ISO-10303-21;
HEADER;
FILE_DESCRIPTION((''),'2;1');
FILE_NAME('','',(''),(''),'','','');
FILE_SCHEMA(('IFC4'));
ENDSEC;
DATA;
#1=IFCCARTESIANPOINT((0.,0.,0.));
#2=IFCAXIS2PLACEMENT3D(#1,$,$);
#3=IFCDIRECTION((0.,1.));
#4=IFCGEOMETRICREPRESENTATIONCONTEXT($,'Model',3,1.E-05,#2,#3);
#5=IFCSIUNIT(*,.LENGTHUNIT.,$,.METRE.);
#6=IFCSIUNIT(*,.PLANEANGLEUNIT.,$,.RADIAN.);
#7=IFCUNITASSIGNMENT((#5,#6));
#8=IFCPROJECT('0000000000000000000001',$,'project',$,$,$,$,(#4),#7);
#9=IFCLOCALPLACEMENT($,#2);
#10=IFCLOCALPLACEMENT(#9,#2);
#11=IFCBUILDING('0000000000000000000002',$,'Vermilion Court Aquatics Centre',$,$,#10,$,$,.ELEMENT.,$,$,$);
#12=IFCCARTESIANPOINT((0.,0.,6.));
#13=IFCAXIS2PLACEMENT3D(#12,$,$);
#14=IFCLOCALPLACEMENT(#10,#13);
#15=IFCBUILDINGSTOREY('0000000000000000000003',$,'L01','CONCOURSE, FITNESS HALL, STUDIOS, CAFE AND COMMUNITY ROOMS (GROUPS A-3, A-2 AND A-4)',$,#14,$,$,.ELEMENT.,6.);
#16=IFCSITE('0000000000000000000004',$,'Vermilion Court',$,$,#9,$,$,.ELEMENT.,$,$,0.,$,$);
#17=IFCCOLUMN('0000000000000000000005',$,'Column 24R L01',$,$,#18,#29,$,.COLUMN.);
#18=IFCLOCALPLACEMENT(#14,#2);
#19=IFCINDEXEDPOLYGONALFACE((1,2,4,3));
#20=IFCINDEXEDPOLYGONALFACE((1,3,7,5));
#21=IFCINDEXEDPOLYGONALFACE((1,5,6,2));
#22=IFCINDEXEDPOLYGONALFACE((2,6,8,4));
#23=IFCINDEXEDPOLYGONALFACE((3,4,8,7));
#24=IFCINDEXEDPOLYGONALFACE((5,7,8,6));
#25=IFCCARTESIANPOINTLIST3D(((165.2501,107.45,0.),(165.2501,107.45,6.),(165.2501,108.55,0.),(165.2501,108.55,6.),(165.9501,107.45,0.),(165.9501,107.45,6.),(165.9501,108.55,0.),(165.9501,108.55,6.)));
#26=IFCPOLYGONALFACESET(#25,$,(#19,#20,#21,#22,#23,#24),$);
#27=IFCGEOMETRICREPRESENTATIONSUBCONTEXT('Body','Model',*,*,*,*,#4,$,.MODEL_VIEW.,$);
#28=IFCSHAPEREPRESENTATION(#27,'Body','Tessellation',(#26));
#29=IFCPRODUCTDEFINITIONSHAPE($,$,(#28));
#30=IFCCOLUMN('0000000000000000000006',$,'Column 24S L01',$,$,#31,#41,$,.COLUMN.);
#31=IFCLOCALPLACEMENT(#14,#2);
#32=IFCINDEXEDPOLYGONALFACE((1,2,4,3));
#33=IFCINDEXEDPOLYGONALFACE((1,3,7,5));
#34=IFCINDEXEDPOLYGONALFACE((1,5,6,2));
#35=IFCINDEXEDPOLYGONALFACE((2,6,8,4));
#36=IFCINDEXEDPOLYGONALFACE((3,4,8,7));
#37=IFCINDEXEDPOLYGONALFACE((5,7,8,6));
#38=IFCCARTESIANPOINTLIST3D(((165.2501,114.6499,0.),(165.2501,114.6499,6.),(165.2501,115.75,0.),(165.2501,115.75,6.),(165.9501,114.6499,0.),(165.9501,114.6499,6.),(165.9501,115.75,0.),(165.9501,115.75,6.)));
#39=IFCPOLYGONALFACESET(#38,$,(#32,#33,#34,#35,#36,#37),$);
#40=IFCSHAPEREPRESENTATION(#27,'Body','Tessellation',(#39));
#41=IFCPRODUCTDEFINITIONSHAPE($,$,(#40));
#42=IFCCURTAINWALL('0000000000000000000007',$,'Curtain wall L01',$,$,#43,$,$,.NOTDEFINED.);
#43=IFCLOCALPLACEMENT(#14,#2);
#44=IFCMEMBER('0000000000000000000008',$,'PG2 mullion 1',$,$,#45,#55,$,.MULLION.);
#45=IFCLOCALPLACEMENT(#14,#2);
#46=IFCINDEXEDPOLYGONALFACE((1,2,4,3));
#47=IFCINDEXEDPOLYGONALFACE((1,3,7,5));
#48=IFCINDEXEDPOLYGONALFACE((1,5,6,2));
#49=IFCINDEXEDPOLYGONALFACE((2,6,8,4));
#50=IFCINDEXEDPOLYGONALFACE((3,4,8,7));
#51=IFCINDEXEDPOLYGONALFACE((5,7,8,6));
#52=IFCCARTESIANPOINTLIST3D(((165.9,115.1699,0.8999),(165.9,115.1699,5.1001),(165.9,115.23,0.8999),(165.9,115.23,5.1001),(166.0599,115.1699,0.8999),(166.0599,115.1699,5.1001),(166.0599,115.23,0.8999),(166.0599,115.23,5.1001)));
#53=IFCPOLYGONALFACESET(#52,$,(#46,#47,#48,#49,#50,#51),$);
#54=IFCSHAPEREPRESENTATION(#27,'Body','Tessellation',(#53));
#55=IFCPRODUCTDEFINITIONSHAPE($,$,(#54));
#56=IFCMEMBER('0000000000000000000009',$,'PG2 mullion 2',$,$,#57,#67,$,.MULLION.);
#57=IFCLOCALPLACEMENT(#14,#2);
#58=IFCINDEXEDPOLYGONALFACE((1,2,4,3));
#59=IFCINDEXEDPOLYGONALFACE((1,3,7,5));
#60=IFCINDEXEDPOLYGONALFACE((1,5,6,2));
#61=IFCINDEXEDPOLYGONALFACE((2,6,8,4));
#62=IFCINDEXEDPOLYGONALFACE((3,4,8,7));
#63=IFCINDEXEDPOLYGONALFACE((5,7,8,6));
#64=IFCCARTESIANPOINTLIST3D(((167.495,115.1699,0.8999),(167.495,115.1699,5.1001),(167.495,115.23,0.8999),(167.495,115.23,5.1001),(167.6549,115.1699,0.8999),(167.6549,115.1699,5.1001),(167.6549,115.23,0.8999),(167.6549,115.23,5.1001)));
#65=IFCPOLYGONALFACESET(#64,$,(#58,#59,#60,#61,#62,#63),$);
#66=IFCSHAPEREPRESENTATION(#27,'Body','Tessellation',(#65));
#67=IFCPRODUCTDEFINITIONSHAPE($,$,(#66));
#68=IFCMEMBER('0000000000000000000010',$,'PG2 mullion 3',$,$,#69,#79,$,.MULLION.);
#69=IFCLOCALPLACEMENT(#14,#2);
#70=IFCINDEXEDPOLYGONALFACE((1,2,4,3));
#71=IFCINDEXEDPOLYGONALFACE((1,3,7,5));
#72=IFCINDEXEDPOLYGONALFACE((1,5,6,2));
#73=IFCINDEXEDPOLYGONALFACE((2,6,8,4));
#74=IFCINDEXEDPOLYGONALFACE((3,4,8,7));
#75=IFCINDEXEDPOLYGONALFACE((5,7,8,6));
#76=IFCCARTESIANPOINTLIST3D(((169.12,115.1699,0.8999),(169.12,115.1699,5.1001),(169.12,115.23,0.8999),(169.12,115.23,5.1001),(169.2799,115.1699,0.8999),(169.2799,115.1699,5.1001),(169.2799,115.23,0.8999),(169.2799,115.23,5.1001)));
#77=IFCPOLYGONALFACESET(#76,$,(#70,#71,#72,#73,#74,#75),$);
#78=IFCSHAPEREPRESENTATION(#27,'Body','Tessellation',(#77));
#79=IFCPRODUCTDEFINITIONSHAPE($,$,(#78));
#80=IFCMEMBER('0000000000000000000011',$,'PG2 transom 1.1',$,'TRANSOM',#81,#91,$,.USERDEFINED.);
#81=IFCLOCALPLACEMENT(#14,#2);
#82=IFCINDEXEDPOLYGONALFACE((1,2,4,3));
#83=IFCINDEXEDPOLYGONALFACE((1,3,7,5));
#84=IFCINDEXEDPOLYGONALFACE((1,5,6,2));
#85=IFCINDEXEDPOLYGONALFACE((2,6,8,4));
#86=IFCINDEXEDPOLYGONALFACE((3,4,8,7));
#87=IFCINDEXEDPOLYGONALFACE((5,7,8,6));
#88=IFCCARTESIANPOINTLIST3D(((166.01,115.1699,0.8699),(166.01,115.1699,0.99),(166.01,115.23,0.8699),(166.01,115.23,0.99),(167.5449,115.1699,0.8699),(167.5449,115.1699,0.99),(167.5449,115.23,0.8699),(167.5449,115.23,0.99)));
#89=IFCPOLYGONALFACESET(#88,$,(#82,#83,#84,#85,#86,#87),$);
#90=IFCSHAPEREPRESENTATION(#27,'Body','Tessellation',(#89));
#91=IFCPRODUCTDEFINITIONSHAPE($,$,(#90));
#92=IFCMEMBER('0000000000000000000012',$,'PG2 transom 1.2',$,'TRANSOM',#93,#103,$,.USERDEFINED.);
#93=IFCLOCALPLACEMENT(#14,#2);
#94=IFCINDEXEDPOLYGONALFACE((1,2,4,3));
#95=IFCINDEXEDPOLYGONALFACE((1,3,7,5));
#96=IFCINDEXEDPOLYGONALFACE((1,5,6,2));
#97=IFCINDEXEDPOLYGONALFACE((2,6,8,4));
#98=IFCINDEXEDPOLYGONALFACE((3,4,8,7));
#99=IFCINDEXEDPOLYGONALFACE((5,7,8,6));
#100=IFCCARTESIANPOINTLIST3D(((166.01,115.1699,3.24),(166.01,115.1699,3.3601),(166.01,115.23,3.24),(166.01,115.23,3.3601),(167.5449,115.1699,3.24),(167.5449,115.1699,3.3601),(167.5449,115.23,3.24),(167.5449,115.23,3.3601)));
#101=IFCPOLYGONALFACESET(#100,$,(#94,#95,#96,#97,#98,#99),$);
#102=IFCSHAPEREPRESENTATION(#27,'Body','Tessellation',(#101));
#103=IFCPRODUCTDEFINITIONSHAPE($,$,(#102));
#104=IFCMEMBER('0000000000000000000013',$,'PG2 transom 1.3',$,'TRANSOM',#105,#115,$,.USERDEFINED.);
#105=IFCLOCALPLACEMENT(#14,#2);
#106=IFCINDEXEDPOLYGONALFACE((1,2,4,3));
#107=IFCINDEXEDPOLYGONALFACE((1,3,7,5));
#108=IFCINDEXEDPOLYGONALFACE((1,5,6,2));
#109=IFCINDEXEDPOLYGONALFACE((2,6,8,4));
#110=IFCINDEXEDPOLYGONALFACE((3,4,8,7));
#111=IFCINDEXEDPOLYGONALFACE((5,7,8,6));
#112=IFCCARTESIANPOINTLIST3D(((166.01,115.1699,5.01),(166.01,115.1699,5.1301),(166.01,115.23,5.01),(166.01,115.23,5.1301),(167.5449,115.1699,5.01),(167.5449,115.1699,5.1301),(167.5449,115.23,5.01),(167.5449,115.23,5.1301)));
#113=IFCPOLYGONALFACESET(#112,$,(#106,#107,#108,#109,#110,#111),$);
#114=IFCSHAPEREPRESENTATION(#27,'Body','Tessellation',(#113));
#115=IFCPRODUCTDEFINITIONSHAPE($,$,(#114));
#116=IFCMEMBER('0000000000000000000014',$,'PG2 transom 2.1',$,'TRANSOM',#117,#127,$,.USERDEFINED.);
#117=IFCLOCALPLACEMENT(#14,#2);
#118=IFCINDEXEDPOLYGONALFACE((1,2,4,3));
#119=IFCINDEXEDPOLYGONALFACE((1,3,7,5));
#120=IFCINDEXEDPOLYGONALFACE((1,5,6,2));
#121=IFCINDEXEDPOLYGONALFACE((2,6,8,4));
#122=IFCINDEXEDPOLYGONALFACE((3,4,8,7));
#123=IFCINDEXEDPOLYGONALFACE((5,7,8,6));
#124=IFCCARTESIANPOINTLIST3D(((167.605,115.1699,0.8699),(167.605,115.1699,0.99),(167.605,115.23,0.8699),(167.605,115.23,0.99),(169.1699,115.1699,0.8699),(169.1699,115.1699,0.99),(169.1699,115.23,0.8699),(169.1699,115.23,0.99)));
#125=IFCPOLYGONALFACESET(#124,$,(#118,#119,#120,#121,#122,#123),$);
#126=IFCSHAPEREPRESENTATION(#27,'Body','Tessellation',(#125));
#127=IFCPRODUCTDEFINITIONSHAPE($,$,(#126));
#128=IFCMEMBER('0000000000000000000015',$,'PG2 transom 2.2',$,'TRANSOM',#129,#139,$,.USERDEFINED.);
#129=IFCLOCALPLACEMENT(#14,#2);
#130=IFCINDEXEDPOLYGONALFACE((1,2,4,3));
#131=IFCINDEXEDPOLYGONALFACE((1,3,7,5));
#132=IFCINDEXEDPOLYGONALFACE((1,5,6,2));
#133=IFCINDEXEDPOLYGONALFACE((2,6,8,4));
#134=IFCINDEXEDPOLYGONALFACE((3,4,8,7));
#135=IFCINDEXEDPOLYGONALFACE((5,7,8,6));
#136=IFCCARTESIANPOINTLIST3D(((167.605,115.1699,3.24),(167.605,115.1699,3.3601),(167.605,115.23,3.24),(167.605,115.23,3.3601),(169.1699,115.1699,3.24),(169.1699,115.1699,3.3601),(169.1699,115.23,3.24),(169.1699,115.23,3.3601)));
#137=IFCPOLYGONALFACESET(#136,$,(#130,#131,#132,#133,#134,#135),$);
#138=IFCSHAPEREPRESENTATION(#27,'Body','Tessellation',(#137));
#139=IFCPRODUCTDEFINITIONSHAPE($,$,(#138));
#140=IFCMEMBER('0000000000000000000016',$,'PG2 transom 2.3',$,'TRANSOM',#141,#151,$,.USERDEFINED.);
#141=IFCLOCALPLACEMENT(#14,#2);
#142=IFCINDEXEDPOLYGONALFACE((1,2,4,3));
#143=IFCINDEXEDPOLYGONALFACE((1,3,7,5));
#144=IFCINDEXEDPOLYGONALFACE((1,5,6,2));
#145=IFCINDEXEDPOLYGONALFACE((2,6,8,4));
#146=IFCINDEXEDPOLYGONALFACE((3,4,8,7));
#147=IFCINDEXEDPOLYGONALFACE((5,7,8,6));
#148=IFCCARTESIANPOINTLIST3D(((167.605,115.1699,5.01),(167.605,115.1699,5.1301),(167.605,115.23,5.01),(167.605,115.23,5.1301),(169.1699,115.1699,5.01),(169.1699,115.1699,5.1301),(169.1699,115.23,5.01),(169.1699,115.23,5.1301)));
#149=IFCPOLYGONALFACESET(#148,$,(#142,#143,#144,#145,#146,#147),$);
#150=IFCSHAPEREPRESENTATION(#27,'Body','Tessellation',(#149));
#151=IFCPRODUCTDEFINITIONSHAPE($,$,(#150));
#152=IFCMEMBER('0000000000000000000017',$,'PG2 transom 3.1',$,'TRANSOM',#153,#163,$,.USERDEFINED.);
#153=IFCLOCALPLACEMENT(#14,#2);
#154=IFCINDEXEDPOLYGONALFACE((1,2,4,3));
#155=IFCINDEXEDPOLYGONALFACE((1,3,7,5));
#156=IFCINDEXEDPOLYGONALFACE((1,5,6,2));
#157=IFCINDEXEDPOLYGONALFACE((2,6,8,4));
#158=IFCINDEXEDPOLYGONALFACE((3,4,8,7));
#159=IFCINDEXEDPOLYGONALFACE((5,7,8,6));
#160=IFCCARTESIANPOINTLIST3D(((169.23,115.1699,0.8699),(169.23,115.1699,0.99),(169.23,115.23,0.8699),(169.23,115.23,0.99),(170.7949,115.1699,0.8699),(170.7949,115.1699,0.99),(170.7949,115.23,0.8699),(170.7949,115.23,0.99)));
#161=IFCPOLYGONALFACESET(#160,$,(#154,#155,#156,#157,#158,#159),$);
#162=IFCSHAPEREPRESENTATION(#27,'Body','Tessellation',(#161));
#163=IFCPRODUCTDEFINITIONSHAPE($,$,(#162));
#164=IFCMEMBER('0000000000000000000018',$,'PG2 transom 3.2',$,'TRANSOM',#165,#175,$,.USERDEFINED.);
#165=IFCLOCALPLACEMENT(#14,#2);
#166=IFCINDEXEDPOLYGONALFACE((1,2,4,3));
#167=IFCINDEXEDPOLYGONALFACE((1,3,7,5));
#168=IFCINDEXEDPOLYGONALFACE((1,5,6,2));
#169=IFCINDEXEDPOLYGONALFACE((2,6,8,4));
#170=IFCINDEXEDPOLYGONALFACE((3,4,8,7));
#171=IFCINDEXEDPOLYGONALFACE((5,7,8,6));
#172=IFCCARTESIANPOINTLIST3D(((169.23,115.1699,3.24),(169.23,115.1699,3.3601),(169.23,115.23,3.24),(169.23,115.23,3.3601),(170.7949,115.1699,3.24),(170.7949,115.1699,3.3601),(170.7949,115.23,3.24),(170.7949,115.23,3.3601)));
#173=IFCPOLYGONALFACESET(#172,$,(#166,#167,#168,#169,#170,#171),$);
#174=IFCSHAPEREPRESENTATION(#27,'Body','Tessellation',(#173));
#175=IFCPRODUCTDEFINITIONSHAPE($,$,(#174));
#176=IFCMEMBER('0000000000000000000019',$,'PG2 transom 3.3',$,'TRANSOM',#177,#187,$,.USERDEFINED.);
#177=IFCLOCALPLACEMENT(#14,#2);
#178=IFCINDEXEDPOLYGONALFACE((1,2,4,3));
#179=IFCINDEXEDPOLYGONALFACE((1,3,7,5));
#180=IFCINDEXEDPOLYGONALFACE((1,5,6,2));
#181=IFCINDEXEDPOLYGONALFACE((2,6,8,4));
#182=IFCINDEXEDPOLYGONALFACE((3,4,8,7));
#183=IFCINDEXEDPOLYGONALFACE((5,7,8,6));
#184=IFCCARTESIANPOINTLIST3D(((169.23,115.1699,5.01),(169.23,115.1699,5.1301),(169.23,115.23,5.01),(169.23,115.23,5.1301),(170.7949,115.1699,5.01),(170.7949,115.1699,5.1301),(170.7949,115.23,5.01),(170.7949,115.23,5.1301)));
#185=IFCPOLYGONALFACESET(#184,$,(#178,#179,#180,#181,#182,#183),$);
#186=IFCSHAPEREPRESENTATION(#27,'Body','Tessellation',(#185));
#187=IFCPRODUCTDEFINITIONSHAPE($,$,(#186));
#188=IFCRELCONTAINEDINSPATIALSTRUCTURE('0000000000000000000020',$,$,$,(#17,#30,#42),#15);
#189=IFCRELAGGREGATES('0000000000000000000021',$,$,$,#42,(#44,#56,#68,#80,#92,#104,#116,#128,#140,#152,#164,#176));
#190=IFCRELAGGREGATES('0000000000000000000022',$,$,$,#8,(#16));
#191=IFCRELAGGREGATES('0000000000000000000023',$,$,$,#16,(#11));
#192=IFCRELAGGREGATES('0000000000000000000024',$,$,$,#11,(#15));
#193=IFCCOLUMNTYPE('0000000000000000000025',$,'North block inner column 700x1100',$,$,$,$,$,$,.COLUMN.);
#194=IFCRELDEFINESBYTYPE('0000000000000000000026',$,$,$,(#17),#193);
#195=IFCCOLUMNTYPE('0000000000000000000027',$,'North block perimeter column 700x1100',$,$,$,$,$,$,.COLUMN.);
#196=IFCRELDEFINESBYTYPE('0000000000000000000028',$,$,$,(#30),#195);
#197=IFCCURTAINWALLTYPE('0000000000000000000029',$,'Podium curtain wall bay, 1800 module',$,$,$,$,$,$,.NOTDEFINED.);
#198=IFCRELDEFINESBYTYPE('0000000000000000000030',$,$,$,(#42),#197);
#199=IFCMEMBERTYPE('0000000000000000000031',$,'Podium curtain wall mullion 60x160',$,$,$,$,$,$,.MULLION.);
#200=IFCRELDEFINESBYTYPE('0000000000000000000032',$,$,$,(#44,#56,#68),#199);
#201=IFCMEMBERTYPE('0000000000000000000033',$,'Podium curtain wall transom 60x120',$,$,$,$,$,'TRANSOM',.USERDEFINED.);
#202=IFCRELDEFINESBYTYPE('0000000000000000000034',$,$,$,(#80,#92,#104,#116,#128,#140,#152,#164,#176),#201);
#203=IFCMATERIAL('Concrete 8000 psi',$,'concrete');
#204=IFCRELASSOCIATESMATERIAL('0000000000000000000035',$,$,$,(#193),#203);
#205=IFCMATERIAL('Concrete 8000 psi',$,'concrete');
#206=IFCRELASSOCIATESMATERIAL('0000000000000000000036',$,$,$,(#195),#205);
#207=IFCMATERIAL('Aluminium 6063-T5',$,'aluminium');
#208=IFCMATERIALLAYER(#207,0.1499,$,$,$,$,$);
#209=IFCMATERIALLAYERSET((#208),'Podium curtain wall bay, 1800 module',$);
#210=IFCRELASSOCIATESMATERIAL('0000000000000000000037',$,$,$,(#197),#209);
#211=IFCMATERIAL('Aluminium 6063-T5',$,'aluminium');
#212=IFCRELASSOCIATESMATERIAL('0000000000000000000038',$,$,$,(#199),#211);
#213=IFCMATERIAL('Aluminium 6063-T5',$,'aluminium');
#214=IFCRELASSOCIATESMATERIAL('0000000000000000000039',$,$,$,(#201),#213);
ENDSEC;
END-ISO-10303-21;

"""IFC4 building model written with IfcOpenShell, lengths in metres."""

from ifc_helpers import new_model, si_unit, direction, frame, origin, origin_2d, place, context, subcontext, project, spatial, rectangle, extrude, material, layer, layer_set, material_profile, profile_set, type_object, element, aggregate, save


model = new_model("IFC4")

# Units and contexts
model_context = context("Model", 3, precision=1e-05, world=origin(), true_north=direction((0.0, 1.0)))
body_context = subcontext(model_context, "Body", "Model", "MODEL_VIEW")
ifc_project = project(units=[si_unit("LENGTHUNIT", "METRE"), si_unit("PLANEANGLEUNIT", "RADIAN")], contexts=[model_context])

# Site, building, storey
site_placement = place(None, origin())
site = spatial("IfcSite", under=ifc_project, at=site_placement, Name="Vermilion Court", CompositionType="ELEMENT", RefElevation=0.0)
building_placement = place(site_placement, origin())
building = spatial("IfcBuilding", under=site, at=building_placement, Name="Vermilion Court Aquatics Centre", CompositionType="ELEMENT")
storey_placement = place(building_placement, frame((0.0, 0.0, 6.0)))
storey = spatial("IfcBuildingStorey", under=building, at=storey_placement, Name="L01", Description="CONCOURSE, FITNESS HALL, STUDIOS, CAFE AND COMMUNITY ROOMS (GROUPS A-3, A-2 AND A-4)", CompositionType="ELEMENT", Elevation=6.0)

# Columns
ifc_material_1 = material(Name="Concrete 8000 psi", Category="concrete")
ifc_material_profile_1 = material_profile(ifc_material_1, rectangle(XDim=0.7, YDim=1.1001, at=origin_2d()), Name="RC 700x1100")
ifc_profile_set_1 = profile_set([ifc_material_profile_1], Name="Concrete 8000 psi")
column_type_1 = type_object("IfcColumnType", Name="North block inner column 700x1100", PredefinedType="COLUMN", material=ifc_profile_set_1)
column_1_placement = place(storey_placement, frame((165.6001, 108.0, 0.0), z_axis=(0.0, 0.0, 1.0), x_axis=(1.0, 0.0, 0.0)))
element("IfcColumn", 1, at=column_1_placement, inside=storey, type_object=column_type_1, Name="Column 24R L01", PredefinedType="COLUMN", context=body_context, shape_type="SweptSolid", body=[
    extrude(rectangle(XDim=0.7, YDim=1.1001, at=origin_2d()), origin(), (0.0, 0.0, 1.0), 6.0),
])
ifc_material_2 = material(Name="Concrete 8000 psi", Category="concrete")
ifc_material_profile_2 = material_profile(ifc_material_2, rectangle(XDim=0.7, YDim=1.1001, at=origin_2d()), Name="RC 700x1100")
ifc_profile_set_2 = profile_set([ifc_material_profile_2], Name="Concrete 8000 psi")
column_type_2 = type_object("IfcColumnType", Name="North block perimeter column 700x1100", PredefinedType="COLUMN", material=ifc_profile_set_2)
column_2_placement = place(storey_placement, frame((165.6001, 115.2, 0.0), z_axis=(0.0, 0.0, 1.0), x_axis=(1.0, 0.0, 0.0)))
element("IfcColumn", 2, at=column_2_placement, inside=storey, type_object=column_type_2, Name="Column 24S L01", PredefinedType="COLUMN", context=body_context, shape_type="SweptSolid", body=[
    extrude(rectangle(XDim=0.7, YDim=1.1001, at=origin_2d()), origin(), (0.0, 0.0, 1.0), 6.0),
])

# Curtain wall, members
ifc_material_3 = material(Name="Aluminium 6063-T5", Category="aluminium")
ifc_layer_1 = layer(ifc_material_3, 0.1499)
ifc_layer_set_1 = layer_set([ifc_layer_1], Name="Podium curtain wall bay, 1800 module")
curtain_wall_type = type_object("IfcCurtainWallType", Name="Podium curtain wall bay, 1800 module", PredefinedType="NOTDEFINED", material=ifc_layer_set_1)
curtain_wall_placement = place(storey_placement, origin())
curtain_wall = element("IfcCurtainWall", 3, at=curtain_wall_placement, inside=storey, type_object=curtain_wall_type, Name="Curtain wall L01", PredefinedType="NOTDEFINED")
ifc_material_4 = material(Name="Aluminium 6063-T5", Category="aluminium")
ifc_material_profile_3 = material_profile(ifc_material_4, rectangle(XDim=0.0601, YDim=0.1599, at=origin_2d()), Name="Mullion 60x160")
ifc_profile_set_3 = profile_set([ifc_material_profile_3], Name="Aluminium 6063-T5")
member_type_1 = type_object("IfcMemberType", Name="Podium curtain wall mullion 60x160", PredefinedType="MULLION", material=ifc_profile_set_3)
member_1_placement = place(storey_placement, frame((165.98, 115.2, 0.8999), z_axis=(0.0, 0.0, 1.0), x_axis=(0.0, 1.0, 0.0)))
member_1 = element("IfcMember", 4, at=member_1_placement, type_object=member_type_1, Name="PG2 mullion 1", PredefinedType="MULLION", context=body_context, shape_type="SweptSolid", body=[
    extrude(rectangle(XDim=0.0601, YDim=0.1599, at=origin_2d()), origin(), (0.0, 0.0, 1.0), 4.2002),
])
member_2_placement = place(storey_placement, frame((167.575, 115.2, 0.8999), z_axis=(0.0, 0.0, 1.0), x_axis=(0.0, 1.0, 0.0)))
member_2 = element("IfcMember", 5, at=member_2_placement, type_object=member_type_1, Name="PG2 mullion 2", PredefinedType="MULLION", context=body_context, shape_type="SweptSolid", body=[
    extrude(rectangle(XDim=0.0601, YDim=0.1599, at=origin_2d()), origin(), (0.0, 0.0, 1.0), 4.2002),
])
member_3_placement = place(storey_placement, frame((169.2, 115.2, 0.8999), z_axis=(0.0, 0.0, 1.0), x_axis=(0.0, 1.0, 0.0)))
member_3 = element("IfcMember", 6, at=member_3_placement, type_object=member_type_1, Name="PG2 mullion 3", PredefinedType="MULLION", context=body_context, shape_type="SweptSolid", body=[
    extrude(rectangle(XDim=0.0601, YDim=0.1599, at=origin_2d()), origin(), (0.0, 0.0, 1.0), 4.2002),
])
ifc_material_5 = material(Name="Aluminium 6063-T5", Category="aluminium")
ifc_material_profile_4 = material_profile(ifc_material_5, rectangle(XDim=0.0601, YDim=0.1201, at=origin_2d()), Name="Transom 60x120")
ifc_profile_set_4 = profile_set([ifc_material_profile_4], Name="Aluminium 6063-T5")
member_type_2 = type_object("IfcMemberType", Name="Podium curtain wall transom 60x120", ElementType="TRANSOM", PredefinedType="USERDEFINED", material=ifc_profile_set_4)
member_4_placement = place(storey_placement, frame((166.01, 115.2, 0.9299), z_axis=(1.0, 0.0, 0.0), x_axis=(0.0, 1.0, 0.0)))
member_4 = element("IfcMember", 7, at=member_4_placement, type_object=member_type_2, Name="PG2 transom 1.1", ObjectType="TRANSOM", PredefinedType="USERDEFINED", context=body_context, shape_type="SweptSolid", body=[
    extrude(rectangle(XDim=0.0601, YDim=0.1201, at=origin_2d()), origin(), (0.0, 0.0, 1.0), 1.5349),
])
member_5_placement = place(storey_placement, frame((166.01, 115.2, 3.3), z_axis=(1.0, 0.0, 0.0), x_axis=(0.0, 1.0, 0.0)))
member_5 = element("IfcMember", 8, at=member_5_placement, type_object=member_type_2, Name="PG2 transom 1.2", ObjectType="TRANSOM", PredefinedType="USERDEFINED", context=body_context, shape_type="SweptSolid", body=[
    extrude(rectangle(XDim=0.0601, YDim=0.1201, at=origin_2d()), origin(), (0.0, 0.0, 1.0), 1.5349),
])
member_6_placement = place(storey_placement, frame((166.01, 115.2, 5.0701), z_axis=(1.0, 0.0, 0.0), x_axis=(0.0, 1.0, 0.0)))
member_6 = element("IfcMember", 9, at=member_6_placement, type_object=member_type_2, Name="PG2 transom 1.3", ObjectType="TRANSOM", PredefinedType="USERDEFINED", context=body_context, shape_type="SweptSolid", body=[
    extrude(rectangle(XDim=0.0601, YDim=0.1201, at=origin_2d()), origin(), (0.0, 0.0, 1.0), 1.5349),
])
member_7_placement = place(storey_placement, frame((167.605, 115.2, 0.9299), z_axis=(1.0, 0.0, 0.0), x_axis=(0.0, 1.0, 0.0)))
member_7 = element("IfcMember", 10, at=member_7_placement, type_object=member_type_2, Name="PG2 transom 2.1", ObjectType="TRANSOM", PredefinedType="USERDEFINED", context=body_context, shape_type="SweptSolid", body=[
    extrude(rectangle(XDim=0.0601, YDim=0.1201, at=origin_2d()), origin(), (0.0, 0.0, 1.0), 1.5649),
])
member_8_placement = place(storey_placement, frame((167.605, 115.2, 3.3), z_axis=(1.0, 0.0, 0.0), x_axis=(0.0, 1.0, 0.0)))
member_8 = element("IfcMember", 11, at=member_8_placement, type_object=member_type_2, Name="PG2 transom 2.2", ObjectType="TRANSOM", PredefinedType="USERDEFINED", context=body_context, shape_type="SweptSolid", body=[
    extrude(rectangle(XDim=0.0601, YDim=0.1201, at=origin_2d()), origin(), (0.0, 0.0, 1.0), 1.5649),
])
member_9_placement = place(storey_placement, frame((167.605, 115.2, 5.0701), z_axis=(1.0, 0.0, 0.0), x_axis=(0.0, 1.0, 0.0)))
member_9 = element("IfcMember", 12, at=member_9_placement, type_object=member_type_2, Name="PG2 transom 2.3", ObjectType="TRANSOM", PredefinedType="USERDEFINED", context=body_context, shape_type="SweptSolid", body=[
    extrude(rectangle(XDim=0.0601, YDim=0.1201, at=origin_2d()), origin(), (0.0, 0.0, 1.0), 1.5649),
])
member_10_placement = place(storey_placement, frame((169.23, 115.2, 0.9299), z_axis=(1.0, 0.0, 0.0), x_axis=(0.0, 1.0, 0.0)))
member_10 = element("IfcMember", 13, at=member_10_placement, type_object=member_type_2, Name="PG2 transom 3.1", ObjectType="TRANSOM", PredefinedType="USERDEFINED", context=body_context, shape_type="SweptSolid", body=[
    extrude(rectangle(XDim=0.0601, YDim=0.1201, at=origin_2d()), origin(), (0.0, 0.0, 1.0), 1.5649),
])
member_11_placement = place(storey_placement, frame((169.23, 115.2, 3.3), z_axis=(1.0, 0.0, 0.0), x_axis=(0.0, 1.0, 0.0)))
member_11 = element("IfcMember", 14, at=member_11_placement, type_object=member_type_2, Name="PG2 transom 3.2", ObjectType="TRANSOM", PredefinedType="USERDEFINED", context=body_context, shape_type="SweptSolid", body=[
    extrude(rectangle(XDim=0.0601, YDim=0.1201, at=origin_2d()), origin(), (0.0, 0.0, 1.0), 1.5649),
])
member_12_placement = place(storey_placement, frame((169.23, 115.2, 5.0701), z_axis=(1.0, 0.0, 0.0), x_axis=(0.0, 1.0, 0.0)))
member_12 = element("IfcMember", 15, at=member_12_placement, type_object=member_type_2, Name="PG2 transom 3.3", ObjectType="TRANSOM", PredefinedType="USERDEFINED", context=body_context, shape_type="SweptSolid", body=[
    extrude(rectangle(XDim=0.0601, YDim=0.1201, at=origin_2d()), origin(), (0.0, 0.0, 1.0), 1.5649),
])

aggregate(curtain_wall, [member_1, member_2, member_3, member_4, member_5, member_6, member_7, member_8, member_9, member_10, member_11, member_12])

save(model, "model.ifc")
